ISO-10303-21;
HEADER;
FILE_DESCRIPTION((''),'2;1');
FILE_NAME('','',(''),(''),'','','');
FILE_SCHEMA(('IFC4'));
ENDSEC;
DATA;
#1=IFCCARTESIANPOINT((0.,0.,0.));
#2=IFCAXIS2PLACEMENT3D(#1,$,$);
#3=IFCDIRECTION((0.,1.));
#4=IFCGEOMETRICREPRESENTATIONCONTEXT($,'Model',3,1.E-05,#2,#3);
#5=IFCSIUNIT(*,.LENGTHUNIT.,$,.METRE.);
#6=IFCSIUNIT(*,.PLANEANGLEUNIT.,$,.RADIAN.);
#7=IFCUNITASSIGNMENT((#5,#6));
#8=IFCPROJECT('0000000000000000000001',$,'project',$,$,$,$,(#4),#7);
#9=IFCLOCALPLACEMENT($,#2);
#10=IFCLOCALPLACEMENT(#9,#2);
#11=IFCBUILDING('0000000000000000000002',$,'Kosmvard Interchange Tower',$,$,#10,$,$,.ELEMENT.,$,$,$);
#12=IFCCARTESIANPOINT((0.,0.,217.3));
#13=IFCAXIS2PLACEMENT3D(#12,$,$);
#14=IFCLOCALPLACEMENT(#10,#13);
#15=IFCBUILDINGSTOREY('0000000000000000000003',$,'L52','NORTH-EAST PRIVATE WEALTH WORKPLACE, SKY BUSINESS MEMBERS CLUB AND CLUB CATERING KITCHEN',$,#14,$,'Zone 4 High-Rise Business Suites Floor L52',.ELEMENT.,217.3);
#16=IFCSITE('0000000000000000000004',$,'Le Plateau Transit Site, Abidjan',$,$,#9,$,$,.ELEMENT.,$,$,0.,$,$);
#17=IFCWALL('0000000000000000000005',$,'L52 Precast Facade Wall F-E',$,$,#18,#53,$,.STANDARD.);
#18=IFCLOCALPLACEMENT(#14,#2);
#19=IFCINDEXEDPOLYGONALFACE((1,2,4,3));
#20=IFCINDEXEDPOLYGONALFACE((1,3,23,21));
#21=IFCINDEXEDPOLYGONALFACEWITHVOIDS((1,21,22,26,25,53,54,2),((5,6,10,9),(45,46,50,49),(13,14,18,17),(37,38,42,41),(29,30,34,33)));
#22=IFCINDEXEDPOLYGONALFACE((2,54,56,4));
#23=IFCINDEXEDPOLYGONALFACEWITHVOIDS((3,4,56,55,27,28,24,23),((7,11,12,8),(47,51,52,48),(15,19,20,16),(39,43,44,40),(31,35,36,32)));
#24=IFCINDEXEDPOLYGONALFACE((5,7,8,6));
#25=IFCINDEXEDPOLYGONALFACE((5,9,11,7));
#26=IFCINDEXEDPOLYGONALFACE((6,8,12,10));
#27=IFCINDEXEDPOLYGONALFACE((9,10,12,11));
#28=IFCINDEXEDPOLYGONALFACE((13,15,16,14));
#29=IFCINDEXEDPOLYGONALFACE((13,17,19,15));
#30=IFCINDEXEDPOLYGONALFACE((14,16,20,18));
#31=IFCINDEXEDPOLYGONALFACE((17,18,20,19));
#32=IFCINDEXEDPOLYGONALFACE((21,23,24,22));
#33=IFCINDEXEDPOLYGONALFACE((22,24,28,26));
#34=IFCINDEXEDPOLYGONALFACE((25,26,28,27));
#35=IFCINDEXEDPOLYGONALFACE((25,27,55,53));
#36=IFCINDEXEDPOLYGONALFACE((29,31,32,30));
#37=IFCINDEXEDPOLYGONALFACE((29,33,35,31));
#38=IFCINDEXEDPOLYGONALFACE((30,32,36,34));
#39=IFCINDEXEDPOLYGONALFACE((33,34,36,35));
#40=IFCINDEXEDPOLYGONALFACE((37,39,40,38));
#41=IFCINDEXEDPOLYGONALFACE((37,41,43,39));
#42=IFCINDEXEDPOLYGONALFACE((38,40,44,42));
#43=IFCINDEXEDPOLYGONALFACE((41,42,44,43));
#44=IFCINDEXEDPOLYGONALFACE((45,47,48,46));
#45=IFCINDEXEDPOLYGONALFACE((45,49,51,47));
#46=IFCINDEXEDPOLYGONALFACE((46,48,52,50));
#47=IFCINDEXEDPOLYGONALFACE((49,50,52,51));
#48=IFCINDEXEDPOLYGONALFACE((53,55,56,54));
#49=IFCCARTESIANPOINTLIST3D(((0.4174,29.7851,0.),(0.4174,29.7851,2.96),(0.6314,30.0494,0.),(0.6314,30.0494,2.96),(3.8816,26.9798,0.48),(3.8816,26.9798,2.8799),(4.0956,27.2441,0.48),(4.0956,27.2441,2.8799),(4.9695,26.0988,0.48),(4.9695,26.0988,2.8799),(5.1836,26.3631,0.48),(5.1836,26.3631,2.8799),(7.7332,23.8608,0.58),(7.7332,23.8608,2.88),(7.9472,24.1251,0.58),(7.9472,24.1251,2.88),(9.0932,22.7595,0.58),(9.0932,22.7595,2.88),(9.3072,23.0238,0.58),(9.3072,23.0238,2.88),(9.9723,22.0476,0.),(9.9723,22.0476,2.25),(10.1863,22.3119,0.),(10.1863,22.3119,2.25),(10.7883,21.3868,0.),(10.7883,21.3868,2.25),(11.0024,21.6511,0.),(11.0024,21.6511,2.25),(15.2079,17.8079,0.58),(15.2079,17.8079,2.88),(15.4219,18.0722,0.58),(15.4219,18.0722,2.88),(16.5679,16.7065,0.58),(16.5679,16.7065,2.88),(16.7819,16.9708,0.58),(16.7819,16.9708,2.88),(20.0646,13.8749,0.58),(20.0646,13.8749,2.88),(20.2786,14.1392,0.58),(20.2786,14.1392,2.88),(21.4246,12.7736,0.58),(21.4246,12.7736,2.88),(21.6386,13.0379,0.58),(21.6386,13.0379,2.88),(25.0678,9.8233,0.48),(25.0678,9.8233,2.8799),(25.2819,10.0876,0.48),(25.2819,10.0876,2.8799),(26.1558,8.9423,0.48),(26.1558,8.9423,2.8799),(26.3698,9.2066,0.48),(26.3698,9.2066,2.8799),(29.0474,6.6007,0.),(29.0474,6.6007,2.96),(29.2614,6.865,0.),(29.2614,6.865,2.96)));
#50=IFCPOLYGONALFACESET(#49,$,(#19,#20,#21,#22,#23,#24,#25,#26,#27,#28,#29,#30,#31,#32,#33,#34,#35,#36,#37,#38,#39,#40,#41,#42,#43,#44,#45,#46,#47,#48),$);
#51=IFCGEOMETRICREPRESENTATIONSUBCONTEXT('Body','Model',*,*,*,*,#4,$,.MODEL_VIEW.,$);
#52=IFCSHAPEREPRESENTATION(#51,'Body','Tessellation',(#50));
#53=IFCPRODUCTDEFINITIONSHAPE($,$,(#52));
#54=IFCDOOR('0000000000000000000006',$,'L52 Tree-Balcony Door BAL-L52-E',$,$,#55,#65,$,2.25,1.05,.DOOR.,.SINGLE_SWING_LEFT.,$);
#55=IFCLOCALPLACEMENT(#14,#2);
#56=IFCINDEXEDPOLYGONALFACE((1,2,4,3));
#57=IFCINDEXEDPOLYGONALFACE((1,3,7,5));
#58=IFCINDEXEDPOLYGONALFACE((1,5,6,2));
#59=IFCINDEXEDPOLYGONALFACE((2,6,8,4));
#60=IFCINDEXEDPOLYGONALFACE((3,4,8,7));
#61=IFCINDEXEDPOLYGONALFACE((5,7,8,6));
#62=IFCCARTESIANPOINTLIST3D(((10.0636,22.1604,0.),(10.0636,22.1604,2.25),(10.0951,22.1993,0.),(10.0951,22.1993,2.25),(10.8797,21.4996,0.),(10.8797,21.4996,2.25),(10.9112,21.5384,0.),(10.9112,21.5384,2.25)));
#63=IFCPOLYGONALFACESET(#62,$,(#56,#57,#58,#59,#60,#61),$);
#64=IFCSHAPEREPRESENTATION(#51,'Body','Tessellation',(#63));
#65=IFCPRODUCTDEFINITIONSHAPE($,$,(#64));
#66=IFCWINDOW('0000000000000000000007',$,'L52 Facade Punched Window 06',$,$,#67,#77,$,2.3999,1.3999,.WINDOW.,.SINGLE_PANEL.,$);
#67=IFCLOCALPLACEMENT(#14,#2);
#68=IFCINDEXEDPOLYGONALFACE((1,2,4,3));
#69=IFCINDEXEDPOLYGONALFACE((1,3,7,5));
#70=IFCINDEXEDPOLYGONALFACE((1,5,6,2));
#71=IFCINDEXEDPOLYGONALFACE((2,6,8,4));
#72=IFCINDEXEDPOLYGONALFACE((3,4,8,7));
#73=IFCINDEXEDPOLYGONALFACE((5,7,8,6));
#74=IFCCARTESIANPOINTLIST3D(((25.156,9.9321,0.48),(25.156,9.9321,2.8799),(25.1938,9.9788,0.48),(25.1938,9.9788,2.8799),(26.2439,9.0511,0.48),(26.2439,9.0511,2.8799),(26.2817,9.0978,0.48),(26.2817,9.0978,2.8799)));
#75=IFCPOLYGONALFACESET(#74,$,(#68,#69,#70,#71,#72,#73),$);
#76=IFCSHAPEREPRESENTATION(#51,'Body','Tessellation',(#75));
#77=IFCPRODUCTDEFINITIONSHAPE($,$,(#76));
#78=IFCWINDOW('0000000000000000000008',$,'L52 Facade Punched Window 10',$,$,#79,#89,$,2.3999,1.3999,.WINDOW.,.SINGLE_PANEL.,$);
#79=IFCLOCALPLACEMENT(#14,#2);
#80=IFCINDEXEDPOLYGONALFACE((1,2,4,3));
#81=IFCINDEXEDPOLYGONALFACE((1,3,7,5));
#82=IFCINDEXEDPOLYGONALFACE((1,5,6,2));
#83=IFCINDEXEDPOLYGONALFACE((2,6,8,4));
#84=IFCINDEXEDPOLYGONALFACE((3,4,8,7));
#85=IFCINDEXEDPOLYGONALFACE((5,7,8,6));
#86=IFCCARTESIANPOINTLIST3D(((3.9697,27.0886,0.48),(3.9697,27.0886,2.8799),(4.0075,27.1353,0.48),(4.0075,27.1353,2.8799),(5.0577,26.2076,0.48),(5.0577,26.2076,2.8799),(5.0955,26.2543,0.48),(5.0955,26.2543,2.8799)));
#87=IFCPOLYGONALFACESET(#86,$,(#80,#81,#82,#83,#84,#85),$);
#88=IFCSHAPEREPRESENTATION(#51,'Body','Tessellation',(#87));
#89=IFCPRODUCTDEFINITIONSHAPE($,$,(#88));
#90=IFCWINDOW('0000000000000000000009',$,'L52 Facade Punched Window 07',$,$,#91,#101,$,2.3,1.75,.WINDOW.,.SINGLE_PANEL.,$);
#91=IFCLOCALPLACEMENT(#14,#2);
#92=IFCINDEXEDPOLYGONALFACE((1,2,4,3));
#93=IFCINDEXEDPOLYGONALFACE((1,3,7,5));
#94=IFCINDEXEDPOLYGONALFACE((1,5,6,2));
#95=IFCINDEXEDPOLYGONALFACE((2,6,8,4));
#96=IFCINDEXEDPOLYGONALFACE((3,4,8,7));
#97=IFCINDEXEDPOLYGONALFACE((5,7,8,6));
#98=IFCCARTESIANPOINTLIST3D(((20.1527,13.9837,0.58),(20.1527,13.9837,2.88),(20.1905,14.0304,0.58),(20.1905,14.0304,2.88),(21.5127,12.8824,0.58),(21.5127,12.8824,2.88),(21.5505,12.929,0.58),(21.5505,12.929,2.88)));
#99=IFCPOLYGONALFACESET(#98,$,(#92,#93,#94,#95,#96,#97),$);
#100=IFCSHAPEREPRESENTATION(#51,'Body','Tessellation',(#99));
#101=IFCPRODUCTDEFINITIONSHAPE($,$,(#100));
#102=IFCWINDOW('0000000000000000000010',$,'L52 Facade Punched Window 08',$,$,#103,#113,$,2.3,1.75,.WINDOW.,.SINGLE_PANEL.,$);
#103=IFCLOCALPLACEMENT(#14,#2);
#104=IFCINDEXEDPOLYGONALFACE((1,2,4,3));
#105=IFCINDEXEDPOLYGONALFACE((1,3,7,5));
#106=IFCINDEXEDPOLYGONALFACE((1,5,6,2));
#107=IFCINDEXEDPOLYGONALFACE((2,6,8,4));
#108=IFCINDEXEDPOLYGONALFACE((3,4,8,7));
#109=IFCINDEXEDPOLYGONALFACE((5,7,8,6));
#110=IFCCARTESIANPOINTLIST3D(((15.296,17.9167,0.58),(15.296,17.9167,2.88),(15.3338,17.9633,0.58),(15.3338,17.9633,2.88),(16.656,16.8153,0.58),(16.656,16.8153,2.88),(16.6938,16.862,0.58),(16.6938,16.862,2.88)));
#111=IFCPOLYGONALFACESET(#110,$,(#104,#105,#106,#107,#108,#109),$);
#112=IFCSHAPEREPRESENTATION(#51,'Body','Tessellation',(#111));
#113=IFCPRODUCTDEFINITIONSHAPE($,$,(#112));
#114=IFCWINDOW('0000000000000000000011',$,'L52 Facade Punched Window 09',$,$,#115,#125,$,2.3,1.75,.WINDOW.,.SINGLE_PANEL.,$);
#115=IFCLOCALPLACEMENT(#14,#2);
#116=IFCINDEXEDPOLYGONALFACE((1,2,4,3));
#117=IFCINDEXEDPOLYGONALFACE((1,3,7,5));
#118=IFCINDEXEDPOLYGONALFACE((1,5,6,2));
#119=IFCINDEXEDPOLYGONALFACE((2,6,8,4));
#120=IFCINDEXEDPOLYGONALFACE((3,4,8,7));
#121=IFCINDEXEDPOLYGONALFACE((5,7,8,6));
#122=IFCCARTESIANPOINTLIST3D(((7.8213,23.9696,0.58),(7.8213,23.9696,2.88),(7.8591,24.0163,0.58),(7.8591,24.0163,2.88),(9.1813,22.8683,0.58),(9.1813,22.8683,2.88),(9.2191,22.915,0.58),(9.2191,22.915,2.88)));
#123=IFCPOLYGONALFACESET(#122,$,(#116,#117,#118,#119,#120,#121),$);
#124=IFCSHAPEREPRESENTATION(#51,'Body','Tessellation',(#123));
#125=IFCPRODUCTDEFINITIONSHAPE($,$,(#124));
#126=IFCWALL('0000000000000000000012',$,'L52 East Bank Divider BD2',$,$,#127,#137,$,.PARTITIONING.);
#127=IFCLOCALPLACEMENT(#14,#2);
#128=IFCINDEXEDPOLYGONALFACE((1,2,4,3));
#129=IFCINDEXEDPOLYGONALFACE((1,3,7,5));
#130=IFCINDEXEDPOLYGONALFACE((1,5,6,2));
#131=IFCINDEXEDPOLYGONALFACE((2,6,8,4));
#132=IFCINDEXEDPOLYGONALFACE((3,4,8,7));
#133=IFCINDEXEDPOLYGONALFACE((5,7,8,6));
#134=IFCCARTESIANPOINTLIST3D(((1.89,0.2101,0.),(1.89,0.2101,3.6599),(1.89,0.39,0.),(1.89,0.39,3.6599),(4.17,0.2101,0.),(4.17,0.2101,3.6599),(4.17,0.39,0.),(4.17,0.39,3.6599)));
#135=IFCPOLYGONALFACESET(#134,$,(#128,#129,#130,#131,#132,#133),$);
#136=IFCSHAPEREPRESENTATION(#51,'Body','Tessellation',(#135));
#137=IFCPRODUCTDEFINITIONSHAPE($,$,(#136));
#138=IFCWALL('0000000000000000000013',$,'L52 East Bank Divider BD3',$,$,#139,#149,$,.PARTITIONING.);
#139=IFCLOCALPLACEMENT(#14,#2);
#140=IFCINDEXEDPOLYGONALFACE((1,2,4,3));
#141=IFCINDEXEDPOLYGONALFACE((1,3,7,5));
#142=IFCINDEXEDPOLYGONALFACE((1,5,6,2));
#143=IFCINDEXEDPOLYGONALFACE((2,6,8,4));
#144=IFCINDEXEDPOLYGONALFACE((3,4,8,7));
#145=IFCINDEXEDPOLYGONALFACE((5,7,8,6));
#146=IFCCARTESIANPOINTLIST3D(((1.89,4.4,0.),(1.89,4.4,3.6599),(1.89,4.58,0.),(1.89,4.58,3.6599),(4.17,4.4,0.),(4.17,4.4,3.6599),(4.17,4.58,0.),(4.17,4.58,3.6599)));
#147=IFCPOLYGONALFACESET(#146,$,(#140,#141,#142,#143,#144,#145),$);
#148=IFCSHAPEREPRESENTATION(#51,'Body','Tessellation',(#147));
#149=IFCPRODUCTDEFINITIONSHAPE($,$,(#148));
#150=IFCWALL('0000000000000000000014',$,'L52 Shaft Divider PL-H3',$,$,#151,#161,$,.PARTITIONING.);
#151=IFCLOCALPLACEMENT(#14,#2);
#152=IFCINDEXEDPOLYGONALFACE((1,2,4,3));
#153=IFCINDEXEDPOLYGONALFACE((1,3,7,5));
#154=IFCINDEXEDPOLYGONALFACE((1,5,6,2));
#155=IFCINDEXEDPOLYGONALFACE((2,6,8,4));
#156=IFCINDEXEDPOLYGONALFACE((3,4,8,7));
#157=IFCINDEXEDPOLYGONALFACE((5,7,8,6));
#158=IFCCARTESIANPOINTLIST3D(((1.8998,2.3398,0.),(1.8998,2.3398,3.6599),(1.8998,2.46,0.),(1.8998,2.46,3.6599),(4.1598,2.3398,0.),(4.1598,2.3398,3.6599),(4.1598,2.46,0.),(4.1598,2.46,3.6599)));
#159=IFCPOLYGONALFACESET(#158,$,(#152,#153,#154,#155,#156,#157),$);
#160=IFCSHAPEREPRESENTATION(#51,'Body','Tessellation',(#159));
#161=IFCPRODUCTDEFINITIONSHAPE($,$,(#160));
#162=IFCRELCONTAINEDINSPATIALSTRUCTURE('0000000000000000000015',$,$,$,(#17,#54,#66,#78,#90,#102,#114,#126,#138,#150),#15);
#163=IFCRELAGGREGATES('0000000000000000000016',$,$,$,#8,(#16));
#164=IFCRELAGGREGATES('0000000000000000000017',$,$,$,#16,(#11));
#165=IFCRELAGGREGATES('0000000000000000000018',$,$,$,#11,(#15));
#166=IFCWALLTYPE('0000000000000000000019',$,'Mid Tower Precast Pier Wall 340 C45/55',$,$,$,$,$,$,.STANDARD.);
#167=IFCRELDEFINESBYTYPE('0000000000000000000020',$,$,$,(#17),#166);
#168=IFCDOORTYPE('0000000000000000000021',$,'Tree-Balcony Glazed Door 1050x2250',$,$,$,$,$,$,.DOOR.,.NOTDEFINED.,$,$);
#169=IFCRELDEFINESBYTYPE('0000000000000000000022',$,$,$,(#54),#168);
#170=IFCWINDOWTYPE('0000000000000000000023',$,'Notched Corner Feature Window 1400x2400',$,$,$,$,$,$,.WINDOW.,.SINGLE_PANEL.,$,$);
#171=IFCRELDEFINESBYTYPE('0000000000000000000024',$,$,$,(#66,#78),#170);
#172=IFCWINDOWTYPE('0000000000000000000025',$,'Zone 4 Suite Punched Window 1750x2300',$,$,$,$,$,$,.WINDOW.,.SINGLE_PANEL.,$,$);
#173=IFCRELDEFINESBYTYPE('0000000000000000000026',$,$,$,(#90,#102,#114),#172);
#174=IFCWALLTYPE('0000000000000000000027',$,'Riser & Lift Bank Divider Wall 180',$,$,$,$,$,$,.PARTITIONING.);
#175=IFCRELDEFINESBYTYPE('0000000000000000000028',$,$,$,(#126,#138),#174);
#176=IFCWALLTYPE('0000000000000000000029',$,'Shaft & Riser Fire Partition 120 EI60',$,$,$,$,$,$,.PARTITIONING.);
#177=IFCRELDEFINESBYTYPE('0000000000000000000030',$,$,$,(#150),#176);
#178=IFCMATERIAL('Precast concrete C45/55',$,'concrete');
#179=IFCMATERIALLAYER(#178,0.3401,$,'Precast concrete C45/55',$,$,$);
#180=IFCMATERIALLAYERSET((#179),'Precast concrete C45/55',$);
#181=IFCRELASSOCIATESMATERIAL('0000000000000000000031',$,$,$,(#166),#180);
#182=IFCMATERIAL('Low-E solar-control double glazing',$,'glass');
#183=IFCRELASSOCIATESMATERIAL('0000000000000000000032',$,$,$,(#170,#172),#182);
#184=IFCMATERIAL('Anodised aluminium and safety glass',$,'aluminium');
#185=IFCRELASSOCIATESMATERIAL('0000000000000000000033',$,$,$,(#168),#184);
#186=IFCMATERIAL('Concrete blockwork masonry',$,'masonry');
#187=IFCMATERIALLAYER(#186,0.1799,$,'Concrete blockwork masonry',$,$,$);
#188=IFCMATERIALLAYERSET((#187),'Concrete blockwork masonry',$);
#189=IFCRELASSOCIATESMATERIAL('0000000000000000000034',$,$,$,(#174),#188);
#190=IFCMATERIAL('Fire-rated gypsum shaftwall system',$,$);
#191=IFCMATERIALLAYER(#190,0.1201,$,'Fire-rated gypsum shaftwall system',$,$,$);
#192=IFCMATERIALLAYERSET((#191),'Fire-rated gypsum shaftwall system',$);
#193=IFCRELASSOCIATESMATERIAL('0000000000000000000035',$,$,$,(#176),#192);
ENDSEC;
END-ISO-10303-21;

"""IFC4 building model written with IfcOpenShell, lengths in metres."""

from ifc_helpers import new_model, si_unit, direction, frame, frame_2d, origin, place, context, subcontext, project, spatial, rectangle, extrude, source, transform, mapped, material, layer, layer_set, type_object, element, fill, save


model = new_model("IFC4")

# Units and contexts
model_context = context("Model", 3, precision=1e-05, world=origin(), true_north=direction((0.0, 1.0)))
body_context = subcontext(model_context, "Body", "Model", "MODEL_VIEW")
ifc_project = project(units=[si_unit("LENGTHUNIT", "METRE"), si_unit("PLANEANGLEUNIT", "RADIAN")], contexts=[model_context])

# Site, building, storey
site_placement = place(None, origin())
site = spatial("IfcSite", under=ifc_project, at=site_placement, Name="Le Plateau Transit Site, Abidjan", CompositionType="ELEMENT", RefElevation=0.0)
building_placement = place(site_placement, origin())
building = spatial("IfcBuilding", under=site, at=building_placement, Name="Kosmvard Interchange Tower", CompositionType="ELEMENT")
storey_placement = place(building_placement, frame((0.0, 0.0, 217.3)))
storey = spatial("IfcBuildingStorey", under=building, at=storey_placement, Name="L52", Description="NORTH-EAST PRIVATE WEALTH WORKPLACE, SKY BUSINESS MEMBERS CLUB AND CLUB CATERING KITCHEN", LongName="Zone 4 High-Rise Business Suites Floor L52", CompositionType="ELEMENT", Elevation=217.3)

# Shared definitions
ifc_material_1 = material(Name="Precast concrete C45/55", Category="concrete")
ifc_layer_1 = layer(ifc_material_1, 0.3401, Name="Precast concrete C45/55")
ifc_layer_set_1 = layer_set([ifc_layer_1], Name="Precast concrete C45/55")
wall_type_1 = type_object("IfcWallType", Name="Mid Tower Precast Pier Wall 340 C45/55", PredefinedType="STANDARD", material=ifc_layer_set_1)
ifc_material_2 = material(Name="Low-E solar-control double glazing", Category="glass")
window_type_1 = type_object("IfcWindowType", Name="Notched Corner Feature Window 1400x2400", PartitioningType="SINGLE_PANEL", PredefinedType="WINDOW", material=ifc_material_2)
shared_shape_1 = source(origin(), body_context, "Body", "SweptSolid", [
    extrude(rectangle(XDim=1.3999, YDim=2.3999, at=frame_2d((0.7, 1.2))), frame((0.0, 0.03, 0.0), z_axis=(0.0, -1.0, 0.0), x_axis=(1.0, 0.0, 0.0)), (0.0, 0.0, 1.0), 0.0601),
])

# Wall, openings, door, windows
wall_1_placement = place(storey_placement, frame((29.1543, 6.7329, 0.0), z_axis=(0.0, 0.0, 1.0), x_axis=(-0.777142, 0.629325, 0.0)))
wall_1 = element("IfcWall", 1, at=wall_1_placement, inside=storey, type_object=wall_type_1, Name="L52 Precast Facade Wall F-E", PredefinedType="STANDARD", context=body_context, shape_type="SweptSolid", body=[
    extrude(rectangle(XDim=36.8401, YDim=0.3401, at=frame_2d((18.4199, 0.0))), origin(), (0.0, 0.0, 1.0), 2.96),
])
opening_1_placement = place(wall_1_placement, frame((23.4951, 0.0, 0.0)))
opening_1 = element("IfcOpeningElement", 2, at=opening_1_placement, cuts=wall_1, PredefinedType="OPENING", context=body_context, shape_type="SweptSolid", body=[
    extrude(rectangle(XDim=1.05, YDim=2.25, at=frame_2d((0.5249, 1.125))), frame((0.0, 0.1802, 0.0), z_axis=(0.0, -1.0, 0.0), x_axis=(1.0, 0.0, 0.0)), (0.0, 0.0, 1.0), 0.3601),
])
opening_2_placement = place(wall_1_placement, frame((3.7207, 0.0, 0.48)))
opening_2 = element("IfcOpeningElement", 3, at=opening_2_placement, cuts=wall_1, PredefinedType="OPENING", context=body_context, shape_type="SweptSolid", body=[
    extrude(rectangle(XDim=1.3999, YDim=2.3999, at=frame_2d((0.7, 1.2))), frame((0.0, 0.1802, 0.0), z_axis=(0.0, -1.0, 0.0), x_axis=(1.0, 0.0, 0.0)), (0.0, 0.0, 1.0), 0.3601),
])
opening_3_placement = place(wall_1_placement, frame((9.8086, 0.0, 0.5801)))
opening_3 = element("IfcOpeningElement", 4, at=opening_3_placement, cuts=wall_1, PredefinedType="OPENING", context=body_context, shape_type="SweptSolid", body=[
    extrude(rectangle(XDim=1.75, YDim=2.3, at=frame_2d((0.875, 1.1499))), frame((0.0, 0.1802, 0.0), z_axis=(0.0, -1.0, 0.0), x_axis=(1.0, 0.0, 0.0)), (0.0, 0.0, 1.0), 0.3601),
])
opening_4_placement = place(wall_1_placement, frame((16.0581, 0.0, 0.5801)))
opening_4 = element("IfcOpeningElement", 5, at=opening_4_placement, cuts=wall_1, PredefinedType="OPENING", context=body_context, shape_type="SweptSolid", body=[
    extrude(rectangle(XDim=1.75, YDim=2.3, at=frame_2d((0.875, 1.1499))), frame((0.0, 0.1802, 0.0), z_axis=(0.0, -1.0, 0.0), x_axis=(1.0, 0.0, 0.0)), (0.0, 0.0, 1.0), 0.3601),
])
opening_5_placement = place(wall_1_placement, frame((25.6763, 0.0, 0.5801)))
opening_5 = element("IfcOpeningElement", 6, at=opening_5_placement, cuts=wall_1, PredefinedType="OPENING", context=body_context, shape_type="SweptSolid", body=[
    extrude(rectangle(XDim=1.75, YDim=2.3, at=frame_2d((0.875, 1.1499))), frame((0.0, 0.1802, 0.0), z_axis=(0.0, -1.0, 0.0), x_axis=(1.0, 0.0, 0.0)), (0.0, 0.0, 1.0), 0.3601),
])
opening_6_placement = place(wall_1_placement, frame((30.9824, 0.0, 0.48)))
opening_6 = element("IfcOpeningElement", 7, at=opening_6_placement, cuts=wall_1, PredefinedType="OPENING", context=body_context, shape_type="SweptSolid", body=[
    extrude(rectangle(XDim=1.3999, YDim=2.3999, at=frame_2d((0.7, 1.2))), frame((0.0, 0.1802, 0.0), z_axis=(0.0, -1.0, 0.0), x_axis=(1.0, 0.0, 0.0)), (0.0, 0.0, 1.0), 0.3601),
])
ifc_material_3 = material(Name="Anodised aluminium and safety glass", Category="aluminium")
door_type_1 = type_object("IfcDoorType", Name="Tree-Balcony Glazed Door 1050x2250", OperationType="NOTDEFINED", PredefinedType="DOOR", material=ifc_material_3)
shared_shape_2 = source(origin(), body_context, "Body", "SweptSolid", [
    extrude(rectangle(XDim=1.05, YDim=2.25, at=frame_2d((0.5249, 1.125))), frame((0.0, 0.0249, 0.0), z_axis=(0.0, -1.0, 0.0), x_axis=(1.0, 0.0, 0.0)), (0.0, 0.0, 1.0), 0.05),
])
door_1_placement = place(opening_1_placement, origin())
door_1 = element("IfcDoor", 8, at=door_1_placement, inside=storey, type_object=door_type_1, Name="L52 Tree-Balcony Door BAL-L52-E", OperationType="SINGLE_SWING_LEFT", OverallHeight=2.25, OverallWidth=1.05, PredefinedType="DOOR", context=body_context, shape_type="MappedRepresentation", body=[
    mapped(shared_shape_2, transform((0.0, 0.0, 0.0), scale=1.0)),
])
fill(opening_1, door_1)
window_1_placement = place(opening_2_placement, origin())
window_1 = element("IfcWindow", 9, at=window_1_placement, inside=storey, type_object=window_type_1, Name="L52 Facade Punched Window 06", OverallHeight=2.3999, OverallWidth=1.3999, PartitioningType="SINGLE_PANEL", PredefinedType="WINDOW", context=body_context, shape_type="MappedRepresentation", body=[
    mapped(shared_shape_1, transform((0.0, 0.0, 0.0), scale=1.0)),
])
fill(opening_2, window_1)
window_2_placement = place(opening_6_placement, origin())
window_2 = element("IfcWindow", 10, at=window_2_placement, inside=storey, type_object=window_type_1, Name="L52 Facade Punched Window 10", OverallHeight=2.3999, OverallWidth=1.3999, PartitioningType="SINGLE_PANEL", PredefinedType="WINDOW", context=body_context, shape_type="MappedRepresentation", body=[
    mapped(shared_shape_1, transform((0.0, 0.0, 0.0), scale=1.0)),
])
fill(opening_6, window_2)
window_type_2 = type_object("IfcWindowType", Name="Zone 4 Suite Punched Window 1750x2300", PartitioningType="SINGLE_PANEL", PredefinedType="WINDOW", material=ifc_material_2)
shared_shape_3 = source(origin(), body_context, "Body", "SweptSolid", [
    extrude(rectangle(XDim=1.75, YDim=2.3, at=frame_2d((0.875, 1.1499))), frame((0.0, 0.03, 0.0), z_axis=(0.0, -1.0, 0.0), x_axis=(1.0, 0.0, 0.0)), (0.0, 0.0, 1.0), 0.0601),
])
window_3_placement = place(opening_3_placement, origin())
window_3 = element("IfcWindow", 11, at=window_3_placement, inside=storey, type_object=window_type_2, Name="L52 Facade Punched Window 07", OverallHeight=2.3, OverallWidth=1.75, PartitioningType="SINGLE_PANEL", PredefinedType="WINDOW", context=body_context, shape_type="MappedRepresentation", body=[
    mapped(shared_shape_3, transform((0.0, 0.0, 0.0), scale=1.0)),
])
fill(opening_3, window_3)
window_4_placement = place(opening_4_placement, origin())
window_4 = element("IfcWindow", 12, at=window_4_placement, inside=storey, type_object=window_type_2, Name="L52 Facade Punched Window 08", OverallHeight=2.3, OverallWidth=1.75, PartitioningType="SINGLE_PANEL", PredefinedType="WINDOW", context=body_context, shape_type="MappedRepresentation", body=[
    mapped(shared_shape_3, transform((0.0, 0.0, 0.0), scale=1.0)),
])
fill(opening_4, window_4)
window_5_placement = place(opening_5_placement, origin())
window_5 = element("IfcWindow", 13, at=window_5_placement, inside=storey, type_object=window_type_2, Name="L52 Facade Punched Window 09", OverallHeight=2.3, OverallWidth=1.75, PartitioningType="SINGLE_PANEL", PredefinedType="WINDOW", context=body_context, shape_type="MappedRepresentation", body=[
    mapped(shared_shape_3, transform((0.0, 0.0, 0.0), scale=1.0)),
])
fill(opening_5, window_5)

# Walls
ifc_material_4 = material(Name="Concrete blockwork masonry", Category="masonry")
ifc_layer_2 = layer(ifc_material_4, 0.1799, Name="Concrete blockwork masonry")
ifc_layer_set_2 = layer_set([ifc_layer_2], Name="Concrete blockwork masonry")
wall_type_2 = type_object("IfcWallType", Name="Riser & Lift Bank Divider Wall 180", PredefinedType="PARTITIONING", material=ifc_layer_set_2)
for number, where, z_axis, x_axis, name in (
    (14, (1.8899, 0.3, 0.0), (0.0, 0.0, 1.0), (1.0, 0.0, 0.0), "L52 East Bank Divider BD2"),
    (15, (1.8899, 4.49, 0.0), (0.0, 0.0, 1.0), (1.0, 0.0, 0.0), "L52 East Bank Divider BD3"),
):
    element("IfcWall", number, at=place(storey_placement, frame(where, z_axis=z_axis, x_axis=x_axis)), inside=storey, type_object=wall_type_2, Name=name, PredefinedType="PARTITIONING", context=body_context, shape_type="SweptSolid", body=[
        extrude(rectangle(XDim=2.28, YDim=0.1799, at=frame_2d((1.1401, 0.0))), origin(), (0.0, 0.0, 1.0), 3.6599),
    ])
ifc_material_5 = material(Name="Fire-rated gypsum shaftwall system")
ifc_layer_3 = layer(ifc_material_5, 0.1201, Name="Fire-rated gypsum shaftwall system")
ifc_layer_set_3 = layer_set([ifc_layer_3], Name="Fire-rated gypsum shaftwall system")
wall_type_3 = type_object("IfcWallType", Name="Shaft & Riser Fire Partition 120 EI60", PredefinedType="PARTITIONING", material=ifc_layer_set_3)
wall_2_placement = place(storey_placement, frame((1.8999, 2.3999, 0.0), z_axis=(0.0, 0.0, 1.0), x_axis=(1.0, 0.0, 0.0)))
element("IfcWall", 16, at=wall_2_placement, inside=storey, type_object=wall_type_3, Name="L52 Shaft Divider PL-H3", PredefinedType="PARTITIONING", context=body_context, shape_type="SweptSolid", body=[
    extrude(rectangle(XDim=2.26, YDim=0.1201, at=frame_2d((1.1299, 0.0))), origin(), (0.0, 0.0, 1.0), 3.6599),
])

save(model, "model.ifc")
